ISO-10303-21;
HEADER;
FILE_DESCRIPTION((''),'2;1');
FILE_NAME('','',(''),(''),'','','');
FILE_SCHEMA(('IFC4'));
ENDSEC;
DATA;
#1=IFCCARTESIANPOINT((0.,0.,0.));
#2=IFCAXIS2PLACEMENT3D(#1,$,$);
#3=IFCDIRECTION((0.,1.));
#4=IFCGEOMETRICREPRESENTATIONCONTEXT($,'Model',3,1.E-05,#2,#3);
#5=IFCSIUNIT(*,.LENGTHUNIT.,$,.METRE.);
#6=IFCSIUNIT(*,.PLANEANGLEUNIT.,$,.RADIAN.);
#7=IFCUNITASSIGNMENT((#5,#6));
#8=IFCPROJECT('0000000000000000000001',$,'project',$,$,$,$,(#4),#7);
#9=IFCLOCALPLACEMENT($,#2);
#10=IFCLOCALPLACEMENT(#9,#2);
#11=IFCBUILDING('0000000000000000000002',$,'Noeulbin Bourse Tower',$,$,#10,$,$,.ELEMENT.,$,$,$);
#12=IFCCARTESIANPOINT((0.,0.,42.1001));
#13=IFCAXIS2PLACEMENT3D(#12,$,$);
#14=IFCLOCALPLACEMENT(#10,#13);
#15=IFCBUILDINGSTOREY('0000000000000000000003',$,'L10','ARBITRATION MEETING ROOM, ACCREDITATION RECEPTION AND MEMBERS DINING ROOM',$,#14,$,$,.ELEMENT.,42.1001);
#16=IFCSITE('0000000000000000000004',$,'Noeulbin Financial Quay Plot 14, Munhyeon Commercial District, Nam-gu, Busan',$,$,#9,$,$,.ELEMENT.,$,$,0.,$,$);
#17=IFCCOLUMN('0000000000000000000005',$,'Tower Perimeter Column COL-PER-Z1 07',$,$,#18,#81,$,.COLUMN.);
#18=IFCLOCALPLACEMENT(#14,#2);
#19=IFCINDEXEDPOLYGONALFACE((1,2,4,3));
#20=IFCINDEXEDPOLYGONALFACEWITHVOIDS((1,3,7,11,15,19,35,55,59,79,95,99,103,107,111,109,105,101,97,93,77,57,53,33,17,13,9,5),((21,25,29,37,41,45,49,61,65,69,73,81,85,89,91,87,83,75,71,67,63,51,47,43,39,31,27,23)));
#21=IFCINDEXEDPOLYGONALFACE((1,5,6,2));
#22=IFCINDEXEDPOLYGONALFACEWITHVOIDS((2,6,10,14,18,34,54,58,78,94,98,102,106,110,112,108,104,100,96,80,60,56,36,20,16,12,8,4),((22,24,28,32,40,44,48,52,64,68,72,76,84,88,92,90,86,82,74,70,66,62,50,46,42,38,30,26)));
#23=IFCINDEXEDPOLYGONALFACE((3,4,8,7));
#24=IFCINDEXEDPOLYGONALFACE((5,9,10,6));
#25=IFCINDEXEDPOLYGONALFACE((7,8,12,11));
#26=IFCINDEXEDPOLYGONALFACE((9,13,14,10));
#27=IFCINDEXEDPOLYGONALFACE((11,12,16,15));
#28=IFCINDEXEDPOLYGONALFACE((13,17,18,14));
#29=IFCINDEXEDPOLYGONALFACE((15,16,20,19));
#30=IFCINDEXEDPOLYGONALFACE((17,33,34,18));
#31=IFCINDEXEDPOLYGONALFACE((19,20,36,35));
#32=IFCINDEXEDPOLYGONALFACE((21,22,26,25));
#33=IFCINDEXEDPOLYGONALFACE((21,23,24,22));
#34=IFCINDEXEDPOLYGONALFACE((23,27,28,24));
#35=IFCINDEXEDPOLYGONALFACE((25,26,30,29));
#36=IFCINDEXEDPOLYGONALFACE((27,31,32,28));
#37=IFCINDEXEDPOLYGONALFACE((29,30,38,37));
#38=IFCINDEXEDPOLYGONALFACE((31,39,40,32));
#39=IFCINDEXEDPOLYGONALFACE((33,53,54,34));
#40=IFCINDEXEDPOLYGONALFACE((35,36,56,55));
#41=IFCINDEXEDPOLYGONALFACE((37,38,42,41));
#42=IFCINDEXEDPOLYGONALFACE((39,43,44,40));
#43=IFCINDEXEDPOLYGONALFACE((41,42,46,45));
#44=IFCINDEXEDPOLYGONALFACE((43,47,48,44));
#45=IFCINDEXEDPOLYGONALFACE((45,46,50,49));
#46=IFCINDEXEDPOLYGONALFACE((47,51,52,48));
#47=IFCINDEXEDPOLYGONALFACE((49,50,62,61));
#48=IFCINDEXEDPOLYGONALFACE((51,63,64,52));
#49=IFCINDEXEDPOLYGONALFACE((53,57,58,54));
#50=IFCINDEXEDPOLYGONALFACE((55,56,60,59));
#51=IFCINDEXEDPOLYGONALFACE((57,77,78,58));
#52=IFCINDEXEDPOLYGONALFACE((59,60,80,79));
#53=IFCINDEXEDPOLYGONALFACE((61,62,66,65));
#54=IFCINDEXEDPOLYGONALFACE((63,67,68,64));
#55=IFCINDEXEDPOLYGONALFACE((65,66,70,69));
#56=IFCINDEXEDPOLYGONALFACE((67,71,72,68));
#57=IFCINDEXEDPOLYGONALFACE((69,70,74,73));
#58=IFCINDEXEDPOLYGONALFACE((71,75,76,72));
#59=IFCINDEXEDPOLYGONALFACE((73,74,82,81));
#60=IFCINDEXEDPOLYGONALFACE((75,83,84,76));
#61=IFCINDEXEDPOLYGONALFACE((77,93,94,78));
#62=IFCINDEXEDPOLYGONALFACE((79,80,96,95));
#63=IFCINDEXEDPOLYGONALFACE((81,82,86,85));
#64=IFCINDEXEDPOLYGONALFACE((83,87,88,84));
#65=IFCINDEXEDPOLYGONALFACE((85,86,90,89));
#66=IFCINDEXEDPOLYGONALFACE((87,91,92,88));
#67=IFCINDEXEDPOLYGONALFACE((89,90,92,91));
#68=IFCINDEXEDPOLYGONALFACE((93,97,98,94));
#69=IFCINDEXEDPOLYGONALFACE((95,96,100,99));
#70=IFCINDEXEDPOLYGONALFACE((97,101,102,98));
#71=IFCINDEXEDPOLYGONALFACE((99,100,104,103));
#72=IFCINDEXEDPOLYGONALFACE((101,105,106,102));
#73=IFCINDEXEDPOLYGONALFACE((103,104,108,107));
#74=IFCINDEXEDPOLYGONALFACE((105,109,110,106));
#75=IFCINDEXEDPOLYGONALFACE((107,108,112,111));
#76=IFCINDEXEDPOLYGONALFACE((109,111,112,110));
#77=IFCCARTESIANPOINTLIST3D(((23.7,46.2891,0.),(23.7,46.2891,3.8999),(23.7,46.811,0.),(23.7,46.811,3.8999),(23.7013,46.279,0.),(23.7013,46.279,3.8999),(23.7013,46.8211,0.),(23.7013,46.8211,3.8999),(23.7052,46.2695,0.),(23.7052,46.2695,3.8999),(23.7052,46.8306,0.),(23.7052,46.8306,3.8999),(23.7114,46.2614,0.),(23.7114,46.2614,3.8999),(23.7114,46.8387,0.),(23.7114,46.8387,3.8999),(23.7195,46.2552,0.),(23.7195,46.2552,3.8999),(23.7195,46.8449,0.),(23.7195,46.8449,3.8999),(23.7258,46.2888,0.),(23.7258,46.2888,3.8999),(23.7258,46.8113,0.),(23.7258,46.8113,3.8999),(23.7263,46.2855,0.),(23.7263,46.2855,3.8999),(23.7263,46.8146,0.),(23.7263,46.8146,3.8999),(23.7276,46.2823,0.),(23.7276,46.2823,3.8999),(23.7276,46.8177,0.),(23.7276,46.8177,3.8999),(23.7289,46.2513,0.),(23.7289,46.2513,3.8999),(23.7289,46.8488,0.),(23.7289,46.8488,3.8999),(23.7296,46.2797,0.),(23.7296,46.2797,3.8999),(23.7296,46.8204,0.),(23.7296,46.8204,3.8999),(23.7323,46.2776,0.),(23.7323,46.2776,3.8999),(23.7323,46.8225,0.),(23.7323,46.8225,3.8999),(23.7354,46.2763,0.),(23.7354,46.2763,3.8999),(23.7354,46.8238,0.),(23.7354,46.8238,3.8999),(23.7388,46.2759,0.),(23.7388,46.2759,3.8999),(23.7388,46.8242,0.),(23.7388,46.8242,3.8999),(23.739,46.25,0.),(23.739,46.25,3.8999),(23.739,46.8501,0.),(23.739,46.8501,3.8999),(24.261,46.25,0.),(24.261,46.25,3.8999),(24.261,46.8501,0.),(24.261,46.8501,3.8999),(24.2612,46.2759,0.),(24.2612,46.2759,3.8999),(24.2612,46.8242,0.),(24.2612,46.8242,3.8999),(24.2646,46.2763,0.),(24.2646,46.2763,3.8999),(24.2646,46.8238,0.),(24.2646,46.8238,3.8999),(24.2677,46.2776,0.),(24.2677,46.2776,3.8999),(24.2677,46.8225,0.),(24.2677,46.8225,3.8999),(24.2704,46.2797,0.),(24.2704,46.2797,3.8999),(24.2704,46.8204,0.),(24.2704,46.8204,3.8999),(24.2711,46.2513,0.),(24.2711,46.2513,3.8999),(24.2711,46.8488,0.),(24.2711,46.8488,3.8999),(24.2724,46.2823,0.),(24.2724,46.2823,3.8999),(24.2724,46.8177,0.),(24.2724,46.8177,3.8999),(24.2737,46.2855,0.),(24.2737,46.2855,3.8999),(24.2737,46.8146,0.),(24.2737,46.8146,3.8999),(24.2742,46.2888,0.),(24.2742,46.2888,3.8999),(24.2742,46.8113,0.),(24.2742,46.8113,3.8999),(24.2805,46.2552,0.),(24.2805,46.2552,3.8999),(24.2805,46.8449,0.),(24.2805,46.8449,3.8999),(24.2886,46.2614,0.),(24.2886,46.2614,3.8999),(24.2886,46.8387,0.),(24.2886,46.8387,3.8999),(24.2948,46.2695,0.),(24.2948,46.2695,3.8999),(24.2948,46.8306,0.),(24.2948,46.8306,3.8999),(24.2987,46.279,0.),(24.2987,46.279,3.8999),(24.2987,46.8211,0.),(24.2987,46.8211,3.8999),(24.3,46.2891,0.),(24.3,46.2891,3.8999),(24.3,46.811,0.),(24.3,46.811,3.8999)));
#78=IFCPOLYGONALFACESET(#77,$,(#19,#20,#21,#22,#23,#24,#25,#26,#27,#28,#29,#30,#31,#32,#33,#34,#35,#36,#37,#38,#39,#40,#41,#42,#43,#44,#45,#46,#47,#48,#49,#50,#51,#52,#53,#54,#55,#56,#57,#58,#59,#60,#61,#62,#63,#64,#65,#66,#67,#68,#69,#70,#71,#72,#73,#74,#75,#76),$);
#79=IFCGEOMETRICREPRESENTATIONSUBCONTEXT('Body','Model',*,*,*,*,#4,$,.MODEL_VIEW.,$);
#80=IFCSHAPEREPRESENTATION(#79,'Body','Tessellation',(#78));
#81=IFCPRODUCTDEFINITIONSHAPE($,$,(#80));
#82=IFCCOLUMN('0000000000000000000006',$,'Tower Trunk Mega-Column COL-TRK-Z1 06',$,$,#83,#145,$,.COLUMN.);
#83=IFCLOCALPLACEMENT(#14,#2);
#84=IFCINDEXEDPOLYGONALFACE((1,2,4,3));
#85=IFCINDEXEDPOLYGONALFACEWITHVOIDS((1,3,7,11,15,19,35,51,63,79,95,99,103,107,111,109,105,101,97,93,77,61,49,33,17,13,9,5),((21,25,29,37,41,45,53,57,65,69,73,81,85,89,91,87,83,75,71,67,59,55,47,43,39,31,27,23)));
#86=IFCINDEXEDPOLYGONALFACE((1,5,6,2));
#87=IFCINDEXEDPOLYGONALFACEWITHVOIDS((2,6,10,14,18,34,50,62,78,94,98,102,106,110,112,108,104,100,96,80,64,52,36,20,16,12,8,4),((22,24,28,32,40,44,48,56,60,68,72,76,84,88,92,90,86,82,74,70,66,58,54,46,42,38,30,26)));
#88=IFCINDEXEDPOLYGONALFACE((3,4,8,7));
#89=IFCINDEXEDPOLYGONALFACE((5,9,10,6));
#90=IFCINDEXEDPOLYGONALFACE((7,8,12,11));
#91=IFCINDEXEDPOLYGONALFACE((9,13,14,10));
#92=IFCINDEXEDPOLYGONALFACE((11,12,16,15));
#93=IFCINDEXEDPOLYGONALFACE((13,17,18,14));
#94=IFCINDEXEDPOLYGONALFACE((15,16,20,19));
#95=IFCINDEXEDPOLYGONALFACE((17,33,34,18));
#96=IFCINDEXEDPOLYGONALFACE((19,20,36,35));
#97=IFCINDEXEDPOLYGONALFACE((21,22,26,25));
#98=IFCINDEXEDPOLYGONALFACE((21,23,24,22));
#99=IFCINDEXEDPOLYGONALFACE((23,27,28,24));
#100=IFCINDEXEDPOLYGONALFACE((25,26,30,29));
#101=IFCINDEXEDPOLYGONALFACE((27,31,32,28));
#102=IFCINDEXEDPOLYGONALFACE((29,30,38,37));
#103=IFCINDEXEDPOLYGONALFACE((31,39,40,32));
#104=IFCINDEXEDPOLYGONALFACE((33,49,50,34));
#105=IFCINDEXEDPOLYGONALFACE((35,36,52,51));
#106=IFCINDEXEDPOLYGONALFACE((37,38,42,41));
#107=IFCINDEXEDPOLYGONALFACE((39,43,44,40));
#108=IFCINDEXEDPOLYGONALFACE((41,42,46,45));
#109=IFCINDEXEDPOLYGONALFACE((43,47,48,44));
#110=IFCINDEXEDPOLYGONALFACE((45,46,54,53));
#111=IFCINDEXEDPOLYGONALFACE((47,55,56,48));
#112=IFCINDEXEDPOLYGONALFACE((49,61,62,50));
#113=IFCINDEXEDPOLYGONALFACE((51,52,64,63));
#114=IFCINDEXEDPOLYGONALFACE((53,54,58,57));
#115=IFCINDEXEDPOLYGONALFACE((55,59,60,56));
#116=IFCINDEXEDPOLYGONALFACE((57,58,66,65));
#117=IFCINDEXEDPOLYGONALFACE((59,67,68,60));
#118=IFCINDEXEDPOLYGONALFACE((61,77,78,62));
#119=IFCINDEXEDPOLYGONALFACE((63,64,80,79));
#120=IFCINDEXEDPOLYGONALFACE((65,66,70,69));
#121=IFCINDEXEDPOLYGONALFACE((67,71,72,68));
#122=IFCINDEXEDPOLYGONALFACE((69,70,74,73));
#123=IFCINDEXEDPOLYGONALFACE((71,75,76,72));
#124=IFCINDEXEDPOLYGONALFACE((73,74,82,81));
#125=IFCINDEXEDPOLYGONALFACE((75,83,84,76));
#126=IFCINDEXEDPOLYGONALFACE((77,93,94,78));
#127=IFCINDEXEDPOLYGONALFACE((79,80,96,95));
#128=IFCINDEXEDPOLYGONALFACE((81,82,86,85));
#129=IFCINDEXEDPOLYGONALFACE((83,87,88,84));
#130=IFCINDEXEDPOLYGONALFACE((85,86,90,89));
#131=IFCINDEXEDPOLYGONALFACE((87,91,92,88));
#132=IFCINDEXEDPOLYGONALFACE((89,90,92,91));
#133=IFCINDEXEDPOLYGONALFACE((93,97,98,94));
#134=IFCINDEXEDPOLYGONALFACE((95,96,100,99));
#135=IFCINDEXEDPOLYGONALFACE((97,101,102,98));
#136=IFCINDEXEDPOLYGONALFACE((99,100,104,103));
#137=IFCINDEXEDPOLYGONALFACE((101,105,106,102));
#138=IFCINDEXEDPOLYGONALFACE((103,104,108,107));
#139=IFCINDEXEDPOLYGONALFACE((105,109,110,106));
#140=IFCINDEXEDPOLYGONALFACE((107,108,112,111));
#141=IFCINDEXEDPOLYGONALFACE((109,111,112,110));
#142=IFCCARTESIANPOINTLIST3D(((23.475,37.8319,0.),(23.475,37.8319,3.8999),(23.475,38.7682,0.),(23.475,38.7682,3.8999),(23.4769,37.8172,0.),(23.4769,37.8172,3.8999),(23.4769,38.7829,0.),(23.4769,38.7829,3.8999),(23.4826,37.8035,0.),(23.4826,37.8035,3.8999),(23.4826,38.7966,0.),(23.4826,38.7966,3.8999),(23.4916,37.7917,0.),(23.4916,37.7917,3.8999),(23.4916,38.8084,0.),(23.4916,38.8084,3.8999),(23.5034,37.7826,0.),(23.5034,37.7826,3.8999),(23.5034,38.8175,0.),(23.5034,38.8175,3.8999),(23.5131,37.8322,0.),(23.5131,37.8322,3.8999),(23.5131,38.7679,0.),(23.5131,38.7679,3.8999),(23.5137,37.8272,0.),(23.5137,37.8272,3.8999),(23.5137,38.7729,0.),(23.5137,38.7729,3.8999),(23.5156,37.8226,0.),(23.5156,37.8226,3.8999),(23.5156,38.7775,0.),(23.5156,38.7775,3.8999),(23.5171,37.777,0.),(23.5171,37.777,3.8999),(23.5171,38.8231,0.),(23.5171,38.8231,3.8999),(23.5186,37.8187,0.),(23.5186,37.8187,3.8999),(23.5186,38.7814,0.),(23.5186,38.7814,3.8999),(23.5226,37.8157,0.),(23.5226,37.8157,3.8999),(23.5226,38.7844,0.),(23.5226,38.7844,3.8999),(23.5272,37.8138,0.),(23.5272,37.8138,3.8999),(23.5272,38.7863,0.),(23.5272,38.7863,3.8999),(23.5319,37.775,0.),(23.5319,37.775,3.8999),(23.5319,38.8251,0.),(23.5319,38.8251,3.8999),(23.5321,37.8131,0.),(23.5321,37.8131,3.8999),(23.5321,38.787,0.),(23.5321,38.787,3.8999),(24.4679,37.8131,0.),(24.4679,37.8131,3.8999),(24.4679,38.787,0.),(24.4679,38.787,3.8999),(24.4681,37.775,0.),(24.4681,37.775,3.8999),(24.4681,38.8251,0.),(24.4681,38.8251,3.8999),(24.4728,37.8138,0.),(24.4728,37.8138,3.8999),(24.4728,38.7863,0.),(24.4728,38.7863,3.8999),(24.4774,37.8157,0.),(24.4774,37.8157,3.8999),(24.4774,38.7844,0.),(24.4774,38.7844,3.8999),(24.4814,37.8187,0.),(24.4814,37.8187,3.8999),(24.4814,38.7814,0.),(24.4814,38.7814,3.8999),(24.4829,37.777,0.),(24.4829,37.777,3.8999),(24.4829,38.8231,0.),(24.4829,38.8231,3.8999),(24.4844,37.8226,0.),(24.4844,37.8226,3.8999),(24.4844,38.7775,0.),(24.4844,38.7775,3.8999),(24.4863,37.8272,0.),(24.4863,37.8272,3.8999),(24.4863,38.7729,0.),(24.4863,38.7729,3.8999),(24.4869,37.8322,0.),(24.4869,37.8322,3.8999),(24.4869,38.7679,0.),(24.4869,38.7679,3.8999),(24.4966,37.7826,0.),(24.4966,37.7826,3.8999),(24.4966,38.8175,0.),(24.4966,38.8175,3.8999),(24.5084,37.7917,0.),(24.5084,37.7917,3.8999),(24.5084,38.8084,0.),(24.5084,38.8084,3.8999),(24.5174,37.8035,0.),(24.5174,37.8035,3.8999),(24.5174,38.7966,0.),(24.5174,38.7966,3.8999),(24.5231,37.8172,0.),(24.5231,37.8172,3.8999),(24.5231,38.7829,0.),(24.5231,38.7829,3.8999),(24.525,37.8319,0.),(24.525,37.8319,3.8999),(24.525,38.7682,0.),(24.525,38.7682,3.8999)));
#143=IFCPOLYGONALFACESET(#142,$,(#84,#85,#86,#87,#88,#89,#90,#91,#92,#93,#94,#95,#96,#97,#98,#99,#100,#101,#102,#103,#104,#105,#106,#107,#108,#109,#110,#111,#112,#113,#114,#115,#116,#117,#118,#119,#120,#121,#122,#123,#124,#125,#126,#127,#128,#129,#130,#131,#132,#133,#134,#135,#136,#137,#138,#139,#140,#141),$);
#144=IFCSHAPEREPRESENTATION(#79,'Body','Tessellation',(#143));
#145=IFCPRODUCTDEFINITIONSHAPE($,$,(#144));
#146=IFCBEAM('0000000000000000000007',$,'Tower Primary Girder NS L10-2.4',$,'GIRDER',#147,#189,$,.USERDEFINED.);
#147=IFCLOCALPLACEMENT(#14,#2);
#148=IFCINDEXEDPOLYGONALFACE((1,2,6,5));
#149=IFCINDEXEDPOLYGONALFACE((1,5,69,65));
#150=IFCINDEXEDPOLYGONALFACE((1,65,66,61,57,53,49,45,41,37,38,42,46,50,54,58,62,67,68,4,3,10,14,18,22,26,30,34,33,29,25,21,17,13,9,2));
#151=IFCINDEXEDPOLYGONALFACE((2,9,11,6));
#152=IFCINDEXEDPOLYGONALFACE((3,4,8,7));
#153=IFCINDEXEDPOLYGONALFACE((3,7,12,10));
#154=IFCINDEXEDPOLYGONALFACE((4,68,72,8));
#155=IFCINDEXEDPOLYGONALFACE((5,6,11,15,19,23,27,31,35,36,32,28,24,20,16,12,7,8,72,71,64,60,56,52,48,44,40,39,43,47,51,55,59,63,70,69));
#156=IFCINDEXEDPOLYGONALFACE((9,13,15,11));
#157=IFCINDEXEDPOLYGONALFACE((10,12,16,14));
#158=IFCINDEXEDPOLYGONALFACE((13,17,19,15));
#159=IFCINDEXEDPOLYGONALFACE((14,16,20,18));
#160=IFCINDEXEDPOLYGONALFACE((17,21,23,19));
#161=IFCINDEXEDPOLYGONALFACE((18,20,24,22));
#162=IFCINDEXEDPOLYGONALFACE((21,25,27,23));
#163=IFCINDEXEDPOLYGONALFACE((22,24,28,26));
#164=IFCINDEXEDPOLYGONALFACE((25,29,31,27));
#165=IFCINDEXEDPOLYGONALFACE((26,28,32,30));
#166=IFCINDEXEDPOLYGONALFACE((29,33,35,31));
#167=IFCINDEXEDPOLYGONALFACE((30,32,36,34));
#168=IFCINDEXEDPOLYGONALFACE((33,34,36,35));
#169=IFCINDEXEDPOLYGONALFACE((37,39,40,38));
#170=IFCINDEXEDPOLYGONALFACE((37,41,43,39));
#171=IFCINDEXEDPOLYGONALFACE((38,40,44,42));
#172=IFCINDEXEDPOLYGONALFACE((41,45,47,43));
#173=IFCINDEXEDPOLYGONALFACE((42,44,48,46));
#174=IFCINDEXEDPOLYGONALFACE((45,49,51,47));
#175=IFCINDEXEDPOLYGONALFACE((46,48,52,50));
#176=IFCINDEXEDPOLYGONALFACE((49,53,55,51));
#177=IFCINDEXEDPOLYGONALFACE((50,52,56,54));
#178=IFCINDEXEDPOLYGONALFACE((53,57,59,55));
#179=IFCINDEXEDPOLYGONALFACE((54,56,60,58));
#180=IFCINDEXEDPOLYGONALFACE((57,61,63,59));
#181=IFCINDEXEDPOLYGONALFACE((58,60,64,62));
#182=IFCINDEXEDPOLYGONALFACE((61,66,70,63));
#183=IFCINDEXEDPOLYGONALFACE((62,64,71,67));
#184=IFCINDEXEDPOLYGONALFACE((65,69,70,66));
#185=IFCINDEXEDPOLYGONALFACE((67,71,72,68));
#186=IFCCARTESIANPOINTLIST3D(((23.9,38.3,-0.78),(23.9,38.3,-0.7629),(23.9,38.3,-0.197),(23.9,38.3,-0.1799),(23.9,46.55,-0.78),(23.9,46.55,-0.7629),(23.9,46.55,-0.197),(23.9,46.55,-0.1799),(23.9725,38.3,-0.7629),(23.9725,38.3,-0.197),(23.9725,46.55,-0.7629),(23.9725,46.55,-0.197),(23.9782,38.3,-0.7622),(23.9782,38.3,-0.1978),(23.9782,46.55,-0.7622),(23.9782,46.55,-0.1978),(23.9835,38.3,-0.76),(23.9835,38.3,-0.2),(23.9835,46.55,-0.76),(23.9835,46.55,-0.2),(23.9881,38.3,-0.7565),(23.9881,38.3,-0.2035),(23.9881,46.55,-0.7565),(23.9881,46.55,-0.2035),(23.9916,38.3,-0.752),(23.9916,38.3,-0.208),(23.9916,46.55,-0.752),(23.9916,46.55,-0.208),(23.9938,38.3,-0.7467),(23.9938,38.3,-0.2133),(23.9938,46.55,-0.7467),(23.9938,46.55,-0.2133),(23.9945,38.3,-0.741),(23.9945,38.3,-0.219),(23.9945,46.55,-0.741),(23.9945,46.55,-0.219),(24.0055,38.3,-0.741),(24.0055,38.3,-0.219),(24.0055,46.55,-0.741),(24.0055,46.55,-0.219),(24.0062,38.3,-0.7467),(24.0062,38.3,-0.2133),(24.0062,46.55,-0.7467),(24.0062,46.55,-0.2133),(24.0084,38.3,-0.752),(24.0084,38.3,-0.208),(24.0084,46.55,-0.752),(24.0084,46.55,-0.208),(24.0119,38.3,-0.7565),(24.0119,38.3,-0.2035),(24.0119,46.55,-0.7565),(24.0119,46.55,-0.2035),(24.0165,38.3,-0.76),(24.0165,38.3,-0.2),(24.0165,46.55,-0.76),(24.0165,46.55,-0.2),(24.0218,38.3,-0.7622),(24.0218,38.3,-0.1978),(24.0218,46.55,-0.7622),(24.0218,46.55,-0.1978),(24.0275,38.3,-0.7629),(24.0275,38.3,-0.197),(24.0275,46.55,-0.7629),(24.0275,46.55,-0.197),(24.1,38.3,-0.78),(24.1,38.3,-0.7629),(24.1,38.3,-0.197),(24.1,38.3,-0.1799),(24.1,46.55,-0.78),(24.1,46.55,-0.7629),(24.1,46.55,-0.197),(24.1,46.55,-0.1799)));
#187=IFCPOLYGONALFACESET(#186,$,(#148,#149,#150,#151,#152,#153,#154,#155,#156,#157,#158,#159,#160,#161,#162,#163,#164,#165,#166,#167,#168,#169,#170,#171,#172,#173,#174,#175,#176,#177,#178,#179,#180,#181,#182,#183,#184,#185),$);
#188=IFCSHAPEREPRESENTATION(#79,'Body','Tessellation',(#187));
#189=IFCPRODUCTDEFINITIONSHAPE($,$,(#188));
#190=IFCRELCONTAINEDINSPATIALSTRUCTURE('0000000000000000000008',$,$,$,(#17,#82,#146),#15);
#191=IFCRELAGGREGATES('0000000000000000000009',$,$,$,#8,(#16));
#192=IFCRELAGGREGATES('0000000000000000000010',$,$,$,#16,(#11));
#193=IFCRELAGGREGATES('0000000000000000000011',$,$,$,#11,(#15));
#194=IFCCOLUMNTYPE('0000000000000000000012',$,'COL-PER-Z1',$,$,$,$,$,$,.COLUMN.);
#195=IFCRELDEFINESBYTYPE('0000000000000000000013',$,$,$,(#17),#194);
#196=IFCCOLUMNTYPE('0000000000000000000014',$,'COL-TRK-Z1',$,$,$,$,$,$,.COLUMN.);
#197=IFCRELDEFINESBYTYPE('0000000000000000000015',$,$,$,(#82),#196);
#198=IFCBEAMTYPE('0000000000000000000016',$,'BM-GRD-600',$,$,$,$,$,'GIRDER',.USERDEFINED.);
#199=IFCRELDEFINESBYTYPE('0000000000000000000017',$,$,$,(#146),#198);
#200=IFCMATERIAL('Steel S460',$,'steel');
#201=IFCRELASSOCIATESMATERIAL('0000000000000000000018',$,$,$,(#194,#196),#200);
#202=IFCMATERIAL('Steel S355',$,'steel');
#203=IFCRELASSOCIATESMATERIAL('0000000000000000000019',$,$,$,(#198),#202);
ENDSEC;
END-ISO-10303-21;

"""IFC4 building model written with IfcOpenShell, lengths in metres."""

from ifc_helpers import new_model, si_unit, direction, frame, origin, origin_2d, place, context, subcontext, project, spatial, hollow_rectangle, i_section, extrude, material, material_profile, profile_set, type_object, element, save


model = new_model("IFC4")

# Units and contexts
model_context = context("Model", 3, precision=1e-05, world=origin(), true_north=direction((0.0, 1.0)))
body_context = subcontext(model_context, "Body", "Model", "MODEL_VIEW")
ifc_project = project(units=[si_unit("LENGTHUNIT", "METRE"), si_unit("PLANEANGLEUNIT", "RADIAN")], contexts=[model_context])

# Site, building, storey
site_placement = place(None, origin())
site = spatial("IfcSite", under=ifc_project, at=site_placement, Name="Noeulbin Financial Quay Plot 14, Munhyeon Commercial District, Nam-gu, Busan", CompositionType="ELEMENT", RefElevation=0.0)
building_placement = place(site_placement, origin())
building = spatial("IfcBuilding", under=site, at=building_placement, Name="Noeulbin Bourse Tower", CompositionType="ELEMENT")
storey_placement = place(building_placement, frame((0.0, 0.0, 42.1001)))
storey = spatial("IfcBuildingStorey", under=building, at=storey_placement, Name="L10", Description="ARBITRATION MEETING ROOM, ACCREDITATION RECEPTION AND MEMBERS DINING ROOM", CompositionType="ELEMENT", Elevation=42.1001)

# Columns
ifc_material_1 = material(Name="Steel S460", Category="steel")
ifc_material_profile_1 = material_profile(ifc_material_1, hollow_rectangle(XDim=0.6001, YDim=0.6001, WallThickness=0.0259, InnerFilletRadius=0.0129, OuterFilletRadius=0.0391, at=origin_2d()), Name="BOX-600x600x26", Category="LoadBearing")
ifc_profile_set_1 = profile_set([ifc_material_profile_1], Name="Steel S460")
column_type_1 = type_object("IfcColumnType", Name="COL-PER-Z1", PredefinedType="COLUMN", material=ifc_profile_set_1)
column_1_placement = place(storey_placement, frame((24.0, 46.55, 0.0), z_axis=(0.0, 0.0, 1.0), x_axis=(1.0, 0.0, 0.0)))
element("IfcColumn", 1, at=column_1_placement, inside=storey, type_object=column_type_1, Name="Tower Perimeter Column COL-PER-Z1 07", PredefinedType="COLUMN", context=body_context, shape_type="SweptSolid", body=[
    extrude(hollow_rectangle(XDim=0.6001, YDim=0.6001, WallThickness=0.0259, InnerFilletRadius=0.0129, OuterFilletRadius=0.0391, at=origin_2d()), origin(), (0.0, 0.0, 1.0), 3.8999),
])
ifc_material_profile_2 = material_profile(ifc_material_1, hollow_rectangle(XDim=1.05, YDim=1.05, WallThickness=0.0381, InnerFilletRadius=0.019, OuterFilletRadius=0.0569, at=origin_2d()), Name="BOX-1050x1050x38", Category="LoadBearing")
ifc_profile_set_2 = profile_set([ifc_material_profile_2], Name="Steel S460")
column_type_2 = type_object("IfcColumnType", Name="COL-TRK-Z1", PredefinedType="COLUMN", material=ifc_profile_set_2)
column_2_placement = place(storey_placement, frame((24.0, 38.3, 0.0), z_axis=(0.0, 0.0, 1.0), x_axis=(1.0, 0.0, 0.0)))
element("IfcColumn", 2, at=column_2_placement, inside=storey, type_object=column_type_2, Name="Tower Trunk Mega-Column COL-TRK-Z1 06", PredefinedType="COLUMN", context=body_context, shape_type="SweptSolid", body=[
    extrude(hollow_rectangle(XDim=1.05, YDim=1.05, WallThickness=0.0381, InnerFilletRadius=0.019, OuterFilletRadius=0.0569, at=origin_2d()), origin(), (0.0, 0.0, 1.0), 3.8999),
])

# Beam
ifc_material_2 = material(Name="Steel S355", Category="steel")
ifc_material_profile_3 = material_profile(ifc_material_2, i_section(OverallWidth=0.2, OverallDepth=0.6001, WebThickness=0.011, FlangeThickness=0.0171, FilletRadius=0.022, at=origin_2d()), Name="H-600x200x11x17", Category="LoadBearing")
ifc_profile_set_3 = profile_set([ifc_material_profile_3], Name="Steel S355")
beam_type_1 = type_object("IfcBeamType", Name="BM-GRD-600", ElementType="GIRDER", PredefinedType="USERDEFINED", material=ifc_profile_set_3)
beam_1_placement = place(storey_placement, frame((24.0, 38.3, -0.48), z_axis=(0.0, 1.0, 0.0), x_axis=(-1.0, 0.0, 0.0)))
element("IfcBeam", 3, at=beam_1_placement, inside=storey, type_object=beam_type_1, Name="Tower Primary Girder NS L10-2.4", ObjectType="GIRDER", PredefinedType="USERDEFINED", context=body_context, shape_type="SweptSolid", body=[
    extrude(i_section(OverallWidth=0.2, OverallDepth=0.6001, WebThickness=0.011, FlangeThickness=0.0171, FilletRadius=0.022, at=origin_2d()), origin(), (0.0, 0.0, 1.0), 8.25),
])

save(model, "model.ifc")
